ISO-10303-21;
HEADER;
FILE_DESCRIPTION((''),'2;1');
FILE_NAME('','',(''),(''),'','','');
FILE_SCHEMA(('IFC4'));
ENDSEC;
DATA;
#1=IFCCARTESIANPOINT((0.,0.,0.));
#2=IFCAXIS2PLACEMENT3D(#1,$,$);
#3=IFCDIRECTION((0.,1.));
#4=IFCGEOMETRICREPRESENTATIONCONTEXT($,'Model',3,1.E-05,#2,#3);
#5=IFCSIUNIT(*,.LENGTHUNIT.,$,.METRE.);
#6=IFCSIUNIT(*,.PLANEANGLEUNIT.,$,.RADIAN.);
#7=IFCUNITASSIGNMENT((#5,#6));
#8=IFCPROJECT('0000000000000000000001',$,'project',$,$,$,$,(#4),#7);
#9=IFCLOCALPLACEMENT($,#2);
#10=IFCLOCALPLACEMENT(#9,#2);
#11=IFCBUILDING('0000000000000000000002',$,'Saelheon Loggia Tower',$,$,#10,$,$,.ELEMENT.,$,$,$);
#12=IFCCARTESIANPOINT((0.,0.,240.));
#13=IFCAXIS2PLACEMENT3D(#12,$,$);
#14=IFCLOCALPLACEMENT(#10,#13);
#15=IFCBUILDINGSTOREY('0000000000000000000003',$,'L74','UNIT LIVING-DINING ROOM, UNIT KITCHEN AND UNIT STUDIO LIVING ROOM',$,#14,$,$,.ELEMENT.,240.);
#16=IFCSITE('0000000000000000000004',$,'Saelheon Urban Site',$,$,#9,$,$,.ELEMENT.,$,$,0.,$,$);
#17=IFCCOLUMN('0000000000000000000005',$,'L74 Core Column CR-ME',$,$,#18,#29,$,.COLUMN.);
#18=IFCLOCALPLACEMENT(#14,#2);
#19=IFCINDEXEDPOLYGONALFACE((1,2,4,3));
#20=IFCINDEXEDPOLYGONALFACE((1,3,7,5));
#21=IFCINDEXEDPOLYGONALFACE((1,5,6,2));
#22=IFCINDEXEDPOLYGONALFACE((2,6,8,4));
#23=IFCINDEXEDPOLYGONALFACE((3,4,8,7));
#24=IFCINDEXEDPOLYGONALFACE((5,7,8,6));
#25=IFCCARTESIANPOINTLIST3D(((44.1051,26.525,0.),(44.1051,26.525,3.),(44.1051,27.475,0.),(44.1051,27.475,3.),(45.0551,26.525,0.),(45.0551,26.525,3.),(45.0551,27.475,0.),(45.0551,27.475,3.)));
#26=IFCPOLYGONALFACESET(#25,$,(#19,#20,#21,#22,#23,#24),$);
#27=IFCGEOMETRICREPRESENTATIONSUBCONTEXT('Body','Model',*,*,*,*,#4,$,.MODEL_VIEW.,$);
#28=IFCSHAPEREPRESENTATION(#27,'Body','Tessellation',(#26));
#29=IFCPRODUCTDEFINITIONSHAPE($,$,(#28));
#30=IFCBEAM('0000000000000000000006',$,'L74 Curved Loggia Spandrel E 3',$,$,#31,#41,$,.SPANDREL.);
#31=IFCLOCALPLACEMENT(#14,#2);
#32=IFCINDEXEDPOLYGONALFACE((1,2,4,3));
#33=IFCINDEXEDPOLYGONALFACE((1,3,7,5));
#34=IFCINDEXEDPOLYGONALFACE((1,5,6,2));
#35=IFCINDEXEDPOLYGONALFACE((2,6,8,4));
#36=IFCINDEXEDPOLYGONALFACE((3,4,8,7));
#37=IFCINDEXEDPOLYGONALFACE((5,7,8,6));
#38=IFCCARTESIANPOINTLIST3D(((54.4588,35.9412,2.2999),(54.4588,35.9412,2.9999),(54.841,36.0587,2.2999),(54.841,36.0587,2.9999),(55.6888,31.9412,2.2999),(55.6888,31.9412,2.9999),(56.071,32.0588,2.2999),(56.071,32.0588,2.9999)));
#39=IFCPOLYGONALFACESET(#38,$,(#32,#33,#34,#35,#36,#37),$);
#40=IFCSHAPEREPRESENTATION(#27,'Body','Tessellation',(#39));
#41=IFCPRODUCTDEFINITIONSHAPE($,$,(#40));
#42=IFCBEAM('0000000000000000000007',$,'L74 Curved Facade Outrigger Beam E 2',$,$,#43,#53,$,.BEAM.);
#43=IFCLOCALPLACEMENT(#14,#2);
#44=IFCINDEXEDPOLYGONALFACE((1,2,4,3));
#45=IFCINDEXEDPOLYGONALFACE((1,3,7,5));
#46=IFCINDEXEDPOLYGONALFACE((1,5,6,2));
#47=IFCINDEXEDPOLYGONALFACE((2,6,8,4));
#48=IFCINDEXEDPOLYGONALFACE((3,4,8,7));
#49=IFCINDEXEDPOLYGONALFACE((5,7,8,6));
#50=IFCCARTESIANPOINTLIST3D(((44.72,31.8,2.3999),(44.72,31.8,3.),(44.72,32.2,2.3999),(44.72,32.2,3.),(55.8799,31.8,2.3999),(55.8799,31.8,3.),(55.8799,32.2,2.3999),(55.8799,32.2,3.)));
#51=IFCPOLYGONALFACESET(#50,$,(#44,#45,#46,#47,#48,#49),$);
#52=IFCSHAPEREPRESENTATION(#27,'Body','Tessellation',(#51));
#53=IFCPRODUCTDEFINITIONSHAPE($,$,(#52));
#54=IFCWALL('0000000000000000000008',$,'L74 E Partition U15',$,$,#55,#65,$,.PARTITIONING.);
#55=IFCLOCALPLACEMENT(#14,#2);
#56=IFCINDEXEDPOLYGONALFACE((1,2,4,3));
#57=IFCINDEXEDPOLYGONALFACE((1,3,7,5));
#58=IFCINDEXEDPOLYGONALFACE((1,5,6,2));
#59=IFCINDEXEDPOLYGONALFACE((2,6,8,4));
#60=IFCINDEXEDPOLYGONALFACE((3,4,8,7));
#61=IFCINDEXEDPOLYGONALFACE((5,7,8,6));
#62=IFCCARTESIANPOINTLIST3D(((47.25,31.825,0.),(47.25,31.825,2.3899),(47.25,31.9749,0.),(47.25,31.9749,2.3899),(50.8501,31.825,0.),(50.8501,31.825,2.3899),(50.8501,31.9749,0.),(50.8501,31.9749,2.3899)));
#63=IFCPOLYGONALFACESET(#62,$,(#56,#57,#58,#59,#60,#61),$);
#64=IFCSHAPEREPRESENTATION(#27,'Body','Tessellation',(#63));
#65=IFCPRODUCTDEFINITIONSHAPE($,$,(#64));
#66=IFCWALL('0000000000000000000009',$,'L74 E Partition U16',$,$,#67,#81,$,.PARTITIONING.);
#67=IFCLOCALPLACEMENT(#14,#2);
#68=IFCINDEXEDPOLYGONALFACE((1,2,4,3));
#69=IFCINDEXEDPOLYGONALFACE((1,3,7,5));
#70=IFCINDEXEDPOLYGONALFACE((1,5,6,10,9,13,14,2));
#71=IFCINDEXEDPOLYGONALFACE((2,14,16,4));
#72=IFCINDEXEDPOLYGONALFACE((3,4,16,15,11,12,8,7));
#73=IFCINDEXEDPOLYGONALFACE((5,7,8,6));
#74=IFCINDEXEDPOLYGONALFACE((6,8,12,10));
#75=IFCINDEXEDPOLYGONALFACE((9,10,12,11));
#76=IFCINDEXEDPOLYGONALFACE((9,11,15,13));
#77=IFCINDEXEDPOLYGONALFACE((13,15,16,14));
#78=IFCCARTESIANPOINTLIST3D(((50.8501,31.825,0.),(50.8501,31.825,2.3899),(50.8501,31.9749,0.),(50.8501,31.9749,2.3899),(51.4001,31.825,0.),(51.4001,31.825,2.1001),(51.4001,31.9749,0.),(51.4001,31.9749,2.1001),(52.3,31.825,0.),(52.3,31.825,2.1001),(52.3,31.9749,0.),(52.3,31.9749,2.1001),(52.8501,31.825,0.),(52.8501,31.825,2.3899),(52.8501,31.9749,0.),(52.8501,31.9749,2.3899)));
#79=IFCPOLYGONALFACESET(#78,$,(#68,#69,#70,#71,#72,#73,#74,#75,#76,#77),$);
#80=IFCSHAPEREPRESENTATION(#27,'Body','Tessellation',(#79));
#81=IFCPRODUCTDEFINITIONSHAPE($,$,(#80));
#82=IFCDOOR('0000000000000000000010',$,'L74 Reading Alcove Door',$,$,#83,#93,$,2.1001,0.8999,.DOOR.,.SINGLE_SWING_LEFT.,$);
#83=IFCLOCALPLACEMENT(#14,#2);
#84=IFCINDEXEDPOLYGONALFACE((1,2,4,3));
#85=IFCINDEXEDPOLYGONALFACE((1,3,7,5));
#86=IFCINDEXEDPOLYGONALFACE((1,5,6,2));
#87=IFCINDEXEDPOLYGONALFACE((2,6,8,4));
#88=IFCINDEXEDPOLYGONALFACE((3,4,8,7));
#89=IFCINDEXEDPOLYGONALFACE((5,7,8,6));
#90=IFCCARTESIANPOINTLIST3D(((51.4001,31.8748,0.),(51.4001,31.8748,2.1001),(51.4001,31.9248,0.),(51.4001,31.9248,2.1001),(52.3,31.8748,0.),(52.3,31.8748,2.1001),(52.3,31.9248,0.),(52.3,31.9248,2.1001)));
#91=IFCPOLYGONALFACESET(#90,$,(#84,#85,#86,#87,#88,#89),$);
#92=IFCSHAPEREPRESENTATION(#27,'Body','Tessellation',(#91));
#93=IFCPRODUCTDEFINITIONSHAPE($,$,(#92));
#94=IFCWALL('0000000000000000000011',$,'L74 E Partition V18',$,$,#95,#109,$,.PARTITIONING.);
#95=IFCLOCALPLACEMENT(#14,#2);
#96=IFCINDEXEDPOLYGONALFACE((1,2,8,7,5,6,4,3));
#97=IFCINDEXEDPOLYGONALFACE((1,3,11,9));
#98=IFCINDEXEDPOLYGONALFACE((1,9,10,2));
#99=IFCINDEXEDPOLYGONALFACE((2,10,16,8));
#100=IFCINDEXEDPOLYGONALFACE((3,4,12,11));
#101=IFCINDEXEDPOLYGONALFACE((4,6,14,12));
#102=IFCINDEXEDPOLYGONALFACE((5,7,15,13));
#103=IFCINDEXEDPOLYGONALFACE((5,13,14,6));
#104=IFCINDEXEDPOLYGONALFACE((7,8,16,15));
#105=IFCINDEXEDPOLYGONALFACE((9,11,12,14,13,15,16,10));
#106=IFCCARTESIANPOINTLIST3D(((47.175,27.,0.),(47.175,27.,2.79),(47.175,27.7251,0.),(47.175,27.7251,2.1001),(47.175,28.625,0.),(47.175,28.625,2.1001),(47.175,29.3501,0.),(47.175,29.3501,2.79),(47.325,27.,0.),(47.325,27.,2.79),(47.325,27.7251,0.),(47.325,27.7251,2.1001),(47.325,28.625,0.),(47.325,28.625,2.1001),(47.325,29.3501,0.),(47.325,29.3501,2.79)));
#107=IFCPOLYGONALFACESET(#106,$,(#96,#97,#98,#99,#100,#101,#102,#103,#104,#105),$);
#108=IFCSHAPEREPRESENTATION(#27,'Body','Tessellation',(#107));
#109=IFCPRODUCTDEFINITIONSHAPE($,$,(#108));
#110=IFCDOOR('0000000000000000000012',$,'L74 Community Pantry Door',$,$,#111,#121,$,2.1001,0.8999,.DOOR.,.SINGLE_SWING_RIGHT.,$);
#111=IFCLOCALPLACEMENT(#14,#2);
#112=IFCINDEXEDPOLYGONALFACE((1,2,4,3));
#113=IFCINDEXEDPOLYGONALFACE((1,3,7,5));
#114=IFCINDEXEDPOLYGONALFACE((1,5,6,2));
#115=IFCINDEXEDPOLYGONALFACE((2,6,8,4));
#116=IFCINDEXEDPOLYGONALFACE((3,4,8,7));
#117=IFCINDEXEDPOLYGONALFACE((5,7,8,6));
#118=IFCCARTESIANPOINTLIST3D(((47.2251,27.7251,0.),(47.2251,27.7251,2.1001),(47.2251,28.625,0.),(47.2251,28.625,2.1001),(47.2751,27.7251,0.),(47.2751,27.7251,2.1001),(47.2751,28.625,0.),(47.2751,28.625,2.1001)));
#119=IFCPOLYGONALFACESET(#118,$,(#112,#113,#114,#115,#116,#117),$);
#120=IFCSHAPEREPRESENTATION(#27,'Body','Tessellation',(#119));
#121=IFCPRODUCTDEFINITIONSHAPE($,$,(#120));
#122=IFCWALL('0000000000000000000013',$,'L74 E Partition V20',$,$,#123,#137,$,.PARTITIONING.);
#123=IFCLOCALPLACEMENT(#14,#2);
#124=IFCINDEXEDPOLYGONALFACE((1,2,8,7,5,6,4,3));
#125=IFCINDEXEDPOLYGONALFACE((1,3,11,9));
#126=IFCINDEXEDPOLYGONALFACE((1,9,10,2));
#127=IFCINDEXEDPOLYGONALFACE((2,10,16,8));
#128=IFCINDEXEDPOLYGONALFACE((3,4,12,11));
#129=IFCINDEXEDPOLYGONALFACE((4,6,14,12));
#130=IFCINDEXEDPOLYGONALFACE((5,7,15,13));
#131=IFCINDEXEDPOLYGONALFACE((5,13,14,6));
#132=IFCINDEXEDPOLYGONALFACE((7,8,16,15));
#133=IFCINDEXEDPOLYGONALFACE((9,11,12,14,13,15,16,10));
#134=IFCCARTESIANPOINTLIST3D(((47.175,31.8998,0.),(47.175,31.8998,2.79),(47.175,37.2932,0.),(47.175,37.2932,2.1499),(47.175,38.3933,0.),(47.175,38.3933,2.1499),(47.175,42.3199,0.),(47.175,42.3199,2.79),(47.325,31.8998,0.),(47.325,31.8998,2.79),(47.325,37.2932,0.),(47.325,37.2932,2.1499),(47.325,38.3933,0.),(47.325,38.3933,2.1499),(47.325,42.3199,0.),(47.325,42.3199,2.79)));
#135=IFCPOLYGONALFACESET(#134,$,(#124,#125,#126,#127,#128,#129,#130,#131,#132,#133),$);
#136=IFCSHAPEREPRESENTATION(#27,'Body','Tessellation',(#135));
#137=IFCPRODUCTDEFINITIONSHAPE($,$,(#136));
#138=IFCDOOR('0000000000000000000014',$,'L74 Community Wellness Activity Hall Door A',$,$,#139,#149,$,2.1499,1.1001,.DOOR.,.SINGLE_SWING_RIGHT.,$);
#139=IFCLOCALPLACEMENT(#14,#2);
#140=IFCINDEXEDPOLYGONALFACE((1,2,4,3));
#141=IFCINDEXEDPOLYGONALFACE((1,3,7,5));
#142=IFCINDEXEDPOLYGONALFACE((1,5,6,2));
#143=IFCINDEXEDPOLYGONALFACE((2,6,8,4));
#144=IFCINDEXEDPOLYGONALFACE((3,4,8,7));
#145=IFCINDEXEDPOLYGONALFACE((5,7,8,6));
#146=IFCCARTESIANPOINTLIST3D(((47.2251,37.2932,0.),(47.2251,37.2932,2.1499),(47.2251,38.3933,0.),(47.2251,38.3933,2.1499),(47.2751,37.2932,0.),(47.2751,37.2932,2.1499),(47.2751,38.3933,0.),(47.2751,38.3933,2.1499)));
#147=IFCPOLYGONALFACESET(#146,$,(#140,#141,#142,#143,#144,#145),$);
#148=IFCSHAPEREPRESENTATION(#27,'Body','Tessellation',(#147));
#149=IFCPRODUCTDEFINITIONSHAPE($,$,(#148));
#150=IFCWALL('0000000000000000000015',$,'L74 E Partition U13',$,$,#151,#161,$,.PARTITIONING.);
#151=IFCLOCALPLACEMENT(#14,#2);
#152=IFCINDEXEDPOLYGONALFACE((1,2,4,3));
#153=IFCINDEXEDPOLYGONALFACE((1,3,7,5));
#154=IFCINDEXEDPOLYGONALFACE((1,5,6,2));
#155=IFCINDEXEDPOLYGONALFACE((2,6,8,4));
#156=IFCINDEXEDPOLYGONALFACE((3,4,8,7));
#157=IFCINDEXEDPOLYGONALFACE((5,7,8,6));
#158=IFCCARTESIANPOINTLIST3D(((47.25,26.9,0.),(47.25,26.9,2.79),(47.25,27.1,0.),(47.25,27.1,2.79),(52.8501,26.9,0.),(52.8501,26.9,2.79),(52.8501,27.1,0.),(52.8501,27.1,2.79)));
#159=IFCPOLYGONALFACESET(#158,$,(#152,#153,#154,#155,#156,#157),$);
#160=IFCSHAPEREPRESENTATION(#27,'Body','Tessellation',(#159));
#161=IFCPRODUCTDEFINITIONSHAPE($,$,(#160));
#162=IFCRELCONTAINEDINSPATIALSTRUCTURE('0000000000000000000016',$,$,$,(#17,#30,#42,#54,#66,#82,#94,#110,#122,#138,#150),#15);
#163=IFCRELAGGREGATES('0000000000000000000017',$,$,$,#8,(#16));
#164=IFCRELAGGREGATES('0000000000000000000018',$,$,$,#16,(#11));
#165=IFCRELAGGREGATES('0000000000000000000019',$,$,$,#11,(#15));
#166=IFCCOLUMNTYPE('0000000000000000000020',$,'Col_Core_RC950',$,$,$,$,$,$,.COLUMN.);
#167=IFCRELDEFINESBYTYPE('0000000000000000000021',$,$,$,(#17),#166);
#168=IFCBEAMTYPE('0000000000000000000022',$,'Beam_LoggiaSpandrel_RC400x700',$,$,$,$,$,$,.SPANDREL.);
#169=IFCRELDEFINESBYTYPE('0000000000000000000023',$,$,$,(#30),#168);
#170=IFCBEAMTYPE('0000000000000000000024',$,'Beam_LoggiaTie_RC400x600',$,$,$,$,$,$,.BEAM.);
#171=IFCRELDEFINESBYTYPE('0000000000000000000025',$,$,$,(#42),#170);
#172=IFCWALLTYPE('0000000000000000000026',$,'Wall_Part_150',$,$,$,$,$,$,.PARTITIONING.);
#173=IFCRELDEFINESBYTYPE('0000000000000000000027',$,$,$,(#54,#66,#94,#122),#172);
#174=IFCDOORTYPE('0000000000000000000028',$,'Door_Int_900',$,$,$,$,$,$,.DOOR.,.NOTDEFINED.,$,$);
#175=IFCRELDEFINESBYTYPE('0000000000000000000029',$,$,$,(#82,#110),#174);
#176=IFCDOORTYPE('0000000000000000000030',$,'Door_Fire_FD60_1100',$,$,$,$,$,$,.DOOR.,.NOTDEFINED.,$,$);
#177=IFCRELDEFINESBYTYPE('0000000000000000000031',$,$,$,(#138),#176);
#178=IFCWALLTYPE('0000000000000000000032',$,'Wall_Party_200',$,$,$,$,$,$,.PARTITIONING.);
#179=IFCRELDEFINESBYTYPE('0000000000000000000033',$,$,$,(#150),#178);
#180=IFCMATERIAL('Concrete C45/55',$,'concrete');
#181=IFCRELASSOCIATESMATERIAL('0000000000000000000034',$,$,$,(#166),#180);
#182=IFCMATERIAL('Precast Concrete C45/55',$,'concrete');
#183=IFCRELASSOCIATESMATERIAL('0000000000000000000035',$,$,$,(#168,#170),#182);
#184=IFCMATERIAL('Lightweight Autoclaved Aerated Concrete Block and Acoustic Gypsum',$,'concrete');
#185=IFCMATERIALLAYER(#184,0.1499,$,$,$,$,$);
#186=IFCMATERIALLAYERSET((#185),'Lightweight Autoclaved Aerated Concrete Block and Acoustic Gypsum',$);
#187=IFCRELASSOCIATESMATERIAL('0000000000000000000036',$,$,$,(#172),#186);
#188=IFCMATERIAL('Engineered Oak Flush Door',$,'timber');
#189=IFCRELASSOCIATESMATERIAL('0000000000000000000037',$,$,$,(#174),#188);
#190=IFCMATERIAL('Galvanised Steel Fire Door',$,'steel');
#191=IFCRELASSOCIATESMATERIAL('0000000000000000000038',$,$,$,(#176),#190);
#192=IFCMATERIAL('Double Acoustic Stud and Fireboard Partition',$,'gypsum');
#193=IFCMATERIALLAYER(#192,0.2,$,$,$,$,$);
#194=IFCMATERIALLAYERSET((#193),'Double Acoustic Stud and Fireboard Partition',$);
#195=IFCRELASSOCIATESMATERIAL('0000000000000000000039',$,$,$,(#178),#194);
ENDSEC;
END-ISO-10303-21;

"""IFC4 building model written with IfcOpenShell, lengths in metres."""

from ifc_helpers import new_model, si_unit, direction, frame, frame_2d, origin, origin_2d, place, context, subcontext, project, spatial, rectangle, extrude, source, transform, mapped, material, layer, layer_set, material_profile, profile_set, type_object, element, fill, save


model = new_model("IFC4")

# Units and contexts
model_context = context("Model", 3, precision=1e-05, world=origin(), true_north=direction((0.0, 1.0)))
body_context = subcontext(model_context, "Body", "Model", "MODEL_VIEW")
ifc_project = project(units=[si_unit("LENGTHUNIT", "METRE"), si_unit("PLANEANGLEUNIT", "RADIAN")], contexts=[model_context])

# Site, building, storey
site_placement = place(None, origin())
site = spatial("IfcSite", under=ifc_project, at=site_placement, Name="Saelheon Urban Site", CompositionType="ELEMENT", RefElevation=0.0)
building_placement = place(site_placement, origin())
building = spatial("IfcBuilding", under=site, at=building_placement, Name="Saelheon Loggia Tower", CompositionType="ELEMENT")
storey_placement = place(building_placement, frame((0.0, 0.0, 240.0)))
storey = spatial("IfcBuildingStorey", under=building, at=storey_placement, Name="L74", Description="UNIT LIVING-DINING ROOM, UNIT KITCHEN AND UNIT STUDIO LIVING ROOM", CompositionType="ELEMENT", Elevation=240.0)

# Column
ifc_material_1 = material(Name="Concrete C45/55", Category="concrete")
ifc_material_profile_1 = material_profile(ifc_material_1, rectangle(XDim=0.95, YDim=0.95, at=origin_2d()), Name="RC-950x950")
ifc_profile_set_1 = profile_set([ifc_material_profile_1], Name="Concrete C45/55")
column_type = type_object("IfcColumnType", Name="Col_Core_RC950", PredefinedType="COLUMN", material=ifc_profile_set_1)
shared_shape_1 = source(origin(), body_context, "Body", "SweptSolid", [
    extrude(rectangle(XDim=0.95, YDim=0.95, at=origin_2d()), origin(), (0.0, 0.0, 1.0), 3.0),
])
column_placement = place(storey_placement, frame((44.5801, 27.0, 0.0), z_axis=(0.0, 0.0, 1.0), x_axis=(1.0, 0.0, 0.0)))
element("IfcColumn", 1, at=column_placement, inside=storey, type_object=column_type, Name="L74 Core Column CR-ME", PredefinedType="COLUMN", context=body_context, shape_type="MappedRepresentation", body=[
    mapped(shared_shape_1, transform((0.0, 0.0, 0.0), scale=1.0)),
])

# Beams
ifc_material_2 = material(Name="Precast Concrete C45/55", Category="concrete")
ifc_material_profile_2 = material_profile(ifc_material_2, rectangle(XDim=0.3999, YDim=0.7, at=origin_2d()), Name="RC-400x700")
ifc_profile_set_2 = profile_set([ifc_material_profile_2], Name="Precast Concrete C45/55")
beam_type_1 = type_object("IfcBeamType", Name="Beam_LoggiaSpandrel_RC400x700", PredefinedType="SPANDREL", material=ifc_profile_set_2)
shared_shape_2 = source(origin(), body_context, "Body", "SweptSolid", [
    extrude(rectangle(XDim=0.3999, YDim=0.7, at=origin_2d()), origin(), (0.0, 0.0, 1.0), 4.1848),
])
beam_1_placement = place(storey_placement, frame((55.8799, 32.0, 2.6499), z_axis=(-0.293914, 0.955832, 0.0), x_axis=(-0.955832, -0.293914, 0.0)))
element("IfcBeam", 2, at=beam_1_placement, inside=storey, type_object=beam_type_1, Name="L74 Curved Loggia Spandrel E 3", PredefinedType="SPANDREL", context=body_context, shape_type="MappedRepresentation", body=[
    mapped(shared_shape_2, transform((0.0, 0.0, 0.0), scale=1.0)),
])
ifc_material_profile_3 = material_profile(ifc_material_2, rectangle(XDim=0.3999, YDim=0.6001, at=origin_2d()), Name="RC-400x600")
ifc_profile_set_3 = profile_set([ifc_material_profile_3], Name="Precast Concrete C45/55")
beam_type_2 = type_object("IfcBeamType", Name="Beam_LoggiaTie_RC400x600", PredefinedType="BEAM", material=ifc_profile_set_3)
shared_shape_3 = source(origin(), body_context, "Body", "SweptSolid", [
    extrude(rectangle(XDim=0.3999, YDim=0.6001, at=origin_2d()), origin(), (0.0, 0.0, 1.0), 11.1599),
])
beam_2_placement = place(storey_placement, frame((44.72, 32.0, 2.7), z_axis=(1.0, 0.0, 0.0), x_axis=(0.0, 1.0, 0.0)))
element("IfcBeam", 3, at=beam_2_placement, inside=storey, type_object=beam_type_2, Name="L74 Curved Facade Outrigger Beam E 2", PredefinedType="BEAM", context=body_context, shape_type="MappedRepresentation", body=[
    mapped(shared_shape_3, transform((0.0, 0.0, 0.0), scale=1.0)),
])

# Wall
ifc_material_3 = material(Name="Lightweight Autoclaved Aerated Concrete Block and Acoustic Gypsum", Category="concrete")
ifc_layer_1 = layer(ifc_material_3, 0.1499)
ifc_layer_set_1 = layer_set([ifc_layer_1], Name="Lightweight Autoclaved Aerated Concrete Block and Acoustic Gypsum")
wall_type_1 = type_object("IfcWallType", Name="Wall_Part_150", PredefinedType="PARTITIONING", material=ifc_layer_set_1)
wall_1_placement = place(storey_placement, frame((47.25, 31.8999, 0.0), z_axis=(0.0, 0.0, 1.0), x_axis=(1.0, 0.0, 0.0)))
element("IfcWall", 4, at=wall_1_placement, inside=storey, type_object=wall_type_1, Name="L74 E Partition U15", PredefinedType="PARTITIONING", context=body_context, shape_type="SweptSolid", body=[
    extrude(rectangle(XDim=3.6001, YDim=0.1499, at=frame_2d((1.8, 0.0))), origin(), (0.0, 0.0, 1.0), 2.3899),
])

# Walls, openings, doors
wall_2_placement = place(storey_placement, frame((50.8501, 31.8999, 0.0), z_axis=(0.0, 0.0, 1.0), x_axis=(1.0, 0.0, 0.0)))
wall_2 = element("IfcWall", 5, at=wall_2_placement, inside=storey, type_object=wall_type_1, Name="L74 E Partition U16", PredefinedType="PARTITIONING", context=body_context, shape_type="SweptSolid", body=[
    extrude(rectangle(XDim=2.0, YDim=0.1499, at=frame_2d((1.0, 0.0))), origin(), (0.0, 0.0, 1.0), 2.3899),
])
opening_1_placement = place(wall_2_placement, frame((0.55, 0.0, 0.0)))
opening_1 = element("IfcOpeningElement", 6, at=opening_1_placement, cuts=wall_2, PredefinedType="OPENING", context=body_context, shape_type="SweptSolid", body=[
    extrude(rectangle(XDim=0.8999, YDim=2.1001, at=frame_2d((0.45, 1.05))), frame((0.0, 0.0869, 0.0), z_axis=(0.0, -1.0, 0.0), x_axis=(1.0, 0.0, 0.0)), (0.0, 0.0, 1.0), 0.1738),
])
ifc_material_4 = material(Name="Engineered Oak Flush Door", Category="timber")
door_type_1 = type_object("IfcDoorType", Name="Door_Int_900", OperationType="NOTDEFINED", PredefinedType="DOOR", material=ifc_material_4)
shared_shape_4 = source(origin(), body_context, "Body", "SweptSolid", [
    extrude(rectangle(XDim=0.8999, YDim=2.1001, at=frame_2d((0.45, 1.05))), frame((0.0, 0.0249, 0.0), z_axis=(0.0, -1.0, 0.0), x_axis=(1.0, 0.0, 0.0)), (0.0, 0.0, 1.0), 0.05),
])
door_1_placement = place(opening_1_placement, origin())
door_1 = element("IfcDoor", 7, at=door_1_placement, inside=storey, type_object=door_type_1, Name="L74 Reading Alcove Door", OperationType="SINGLE_SWING_LEFT", OverallHeight=2.1001, OverallWidth=0.8999, PredefinedType="DOOR", context=body_context, shape_type="MappedRepresentation", body=[
    mapped(shared_shape_4, transform((0.0, 0.0, 0.0), scale=1.0)),
])
fill(opening_1, door_1)
wall_3_placement = place(storey_placement, frame((47.25, 27.0, 0.0), z_axis=(0.0, 0.0, 1.0), x_axis=(0.0, 1.0, 0.0)))
wall_3 = element("IfcWall", 8, at=wall_3_placement, inside=storey, type_object=wall_type_1, Name="L74 E Partition V18", PredefinedType="PARTITIONING", context=body_context, shape_type="SweptSolid", body=[
    extrude(rectangle(XDim=2.3501, YDim=0.1499, at=frame_2d((1.175, 0.0))), origin(), (0.0, 0.0, 1.0), 2.79),
])
opening_2_placement = place(wall_3_placement, frame((0.7251, 0.0, 0.0)))
opening_2 = element("IfcOpeningElement", 9, at=opening_2_placement, cuts=wall_3, PredefinedType="OPENING", context=body_context, shape_type="SweptSolid", body=[
    extrude(rectangle(XDim=0.8999, YDim=2.1001, at=frame_2d((0.45, 1.05))), frame((0.0, 0.0869, 0.0), z_axis=(0.0, -1.0, 0.0), x_axis=(1.0, 0.0, 0.0)), (0.0, 0.0, 1.0), 0.1738),
])
door_2_placement = place(opening_2_placement, origin())
door_2 = element("IfcDoor", 10, at=door_2_placement, inside=storey, type_object=door_type_1, Name="L74 Community Pantry Door", OperationType="SINGLE_SWING_RIGHT", OverallHeight=2.1001, OverallWidth=0.8999, PredefinedType="DOOR", context=body_context, shape_type="MappedRepresentation", body=[
    mapped(shared_shape_4, transform((0.0, 0.0, 0.0), scale=1.0)),
])
fill(opening_2, door_2)
wall_4_placement = place(storey_placement, frame((47.25, 31.8999, 0.0), z_axis=(0.0, 0.0, 1.0), x_axis=(0.0, 1.0, 0.0)))
wall_4 = element("IfcWall", 11, at=wall_4_placement, inside=storey, type_object=wall_type_1, Name="L74 E Partition V20", PredefinedType="PARTITIONING", context=body_context, shape_type="SweptSolid", body=[
    extrude(rectangle(XDim=10.4202, YDim=0.1499, at=frame_2d((5.21, 0.0))), origin(), (0.0, 0.0, 1.0), 2.79),
])
opening_3_placement = place(wall_4_placement, frame((5.3933, 0.0, 0.0)))
opening_3 = element("IfcOpeningElement", 12, at=opening_3_placement, cuts=wall_4, PredefinedType="OPENING", context=body_context, shape_type="SweptSolid", body=[
    extrude(rectangle(XDim=1.1001, YDim=2.1499, at=frame_2d((0.55, 1.075))), frame((0.0, 0.0869, 0.0), z_axis=(0.0, -1.0, 0.0), x_axis=(1.0, 0.0, 0.0)), (0.0, 0.0, 1.0), 0.1738),
])
ifc_material_5 = material(Name="Galvanised Steel Fire Door", Category="steel")
door_type_2 = type_object("IfcDoorType", Name="Door_Fire_FD60_1100", OperationType="NOTDEFINED", PredefinedType="DOOR", material=ifc_material_5)
shared_shape_5 = source(origin(), body_context, "Body", "SweptSolid", [
    extrude(rectangle(XDim=1.1001, YDim=2.1499, at=frame_2d((0.55, 1.075))), frame((0.0, 0.0249, 0.0), z_axis=(0.0, -1.0, 0.0), x_axis=(1.0, 0.0, 0.0)), (0.0, 0.0, 1.0), 0.05),
])
door_3_placement = place(opening_3_placement, origin())
door_3 = element("IfcDoor", 13, at=door_3_placement, inside=storey, type_object=door_type_2, Name="L74 Community Wellness Activity Hall Door A", OperationType="SINGLE_SWING_RIGHT", OverallHeight=2.1499, OverallWidth=1.1001, PredefinedType="DOOR", context=body_context, shape_type="MappedRepresentation", body=[
    mapped(shared_shape_5, transform((0.0, 0.0, 0.0), scale=1.0)),
])
fill(opening_3, door_3)

# Wall
ifc_material_6 = material(Name="Double Acoustic Stud and Fireboard Partition", Category="gypsum")
ifc_layer_2 = layer(ifc_material_6, 0.2)
ifc_layer_set_2 = layer_set([ifc_layer_2], Name="Double Acoustic Stud and Fireboard Partition")
wall_type_2 = type_object("IfcWallType", Name="Wall_Party_200", PredefinedType="PARTITIONING", material=ifc_layer_set_2)
wall_5_placement = place(storey_placement, frame((47.25, 27.0, 0.0), z_axis=(0.0, 0.0, 1.0), x_axis=(1.0, 0.0, 0.0)))
element("IfcWall", 14, at=wall_5_placement, inside=storey, type_object=wall_type_2, Name="L74 E Partition U13", PredefinedType="PARTITIONING", context=body_context, shape_type="SweptSolid", body=[
    extrude(rectangle(XDim=5.6001, YDim=0.2, at=frame_2d((2.8, 0.0))), origin(), (0.0, 0.0, 1.0), 2.79),
])

save(model, "model.ifc")
